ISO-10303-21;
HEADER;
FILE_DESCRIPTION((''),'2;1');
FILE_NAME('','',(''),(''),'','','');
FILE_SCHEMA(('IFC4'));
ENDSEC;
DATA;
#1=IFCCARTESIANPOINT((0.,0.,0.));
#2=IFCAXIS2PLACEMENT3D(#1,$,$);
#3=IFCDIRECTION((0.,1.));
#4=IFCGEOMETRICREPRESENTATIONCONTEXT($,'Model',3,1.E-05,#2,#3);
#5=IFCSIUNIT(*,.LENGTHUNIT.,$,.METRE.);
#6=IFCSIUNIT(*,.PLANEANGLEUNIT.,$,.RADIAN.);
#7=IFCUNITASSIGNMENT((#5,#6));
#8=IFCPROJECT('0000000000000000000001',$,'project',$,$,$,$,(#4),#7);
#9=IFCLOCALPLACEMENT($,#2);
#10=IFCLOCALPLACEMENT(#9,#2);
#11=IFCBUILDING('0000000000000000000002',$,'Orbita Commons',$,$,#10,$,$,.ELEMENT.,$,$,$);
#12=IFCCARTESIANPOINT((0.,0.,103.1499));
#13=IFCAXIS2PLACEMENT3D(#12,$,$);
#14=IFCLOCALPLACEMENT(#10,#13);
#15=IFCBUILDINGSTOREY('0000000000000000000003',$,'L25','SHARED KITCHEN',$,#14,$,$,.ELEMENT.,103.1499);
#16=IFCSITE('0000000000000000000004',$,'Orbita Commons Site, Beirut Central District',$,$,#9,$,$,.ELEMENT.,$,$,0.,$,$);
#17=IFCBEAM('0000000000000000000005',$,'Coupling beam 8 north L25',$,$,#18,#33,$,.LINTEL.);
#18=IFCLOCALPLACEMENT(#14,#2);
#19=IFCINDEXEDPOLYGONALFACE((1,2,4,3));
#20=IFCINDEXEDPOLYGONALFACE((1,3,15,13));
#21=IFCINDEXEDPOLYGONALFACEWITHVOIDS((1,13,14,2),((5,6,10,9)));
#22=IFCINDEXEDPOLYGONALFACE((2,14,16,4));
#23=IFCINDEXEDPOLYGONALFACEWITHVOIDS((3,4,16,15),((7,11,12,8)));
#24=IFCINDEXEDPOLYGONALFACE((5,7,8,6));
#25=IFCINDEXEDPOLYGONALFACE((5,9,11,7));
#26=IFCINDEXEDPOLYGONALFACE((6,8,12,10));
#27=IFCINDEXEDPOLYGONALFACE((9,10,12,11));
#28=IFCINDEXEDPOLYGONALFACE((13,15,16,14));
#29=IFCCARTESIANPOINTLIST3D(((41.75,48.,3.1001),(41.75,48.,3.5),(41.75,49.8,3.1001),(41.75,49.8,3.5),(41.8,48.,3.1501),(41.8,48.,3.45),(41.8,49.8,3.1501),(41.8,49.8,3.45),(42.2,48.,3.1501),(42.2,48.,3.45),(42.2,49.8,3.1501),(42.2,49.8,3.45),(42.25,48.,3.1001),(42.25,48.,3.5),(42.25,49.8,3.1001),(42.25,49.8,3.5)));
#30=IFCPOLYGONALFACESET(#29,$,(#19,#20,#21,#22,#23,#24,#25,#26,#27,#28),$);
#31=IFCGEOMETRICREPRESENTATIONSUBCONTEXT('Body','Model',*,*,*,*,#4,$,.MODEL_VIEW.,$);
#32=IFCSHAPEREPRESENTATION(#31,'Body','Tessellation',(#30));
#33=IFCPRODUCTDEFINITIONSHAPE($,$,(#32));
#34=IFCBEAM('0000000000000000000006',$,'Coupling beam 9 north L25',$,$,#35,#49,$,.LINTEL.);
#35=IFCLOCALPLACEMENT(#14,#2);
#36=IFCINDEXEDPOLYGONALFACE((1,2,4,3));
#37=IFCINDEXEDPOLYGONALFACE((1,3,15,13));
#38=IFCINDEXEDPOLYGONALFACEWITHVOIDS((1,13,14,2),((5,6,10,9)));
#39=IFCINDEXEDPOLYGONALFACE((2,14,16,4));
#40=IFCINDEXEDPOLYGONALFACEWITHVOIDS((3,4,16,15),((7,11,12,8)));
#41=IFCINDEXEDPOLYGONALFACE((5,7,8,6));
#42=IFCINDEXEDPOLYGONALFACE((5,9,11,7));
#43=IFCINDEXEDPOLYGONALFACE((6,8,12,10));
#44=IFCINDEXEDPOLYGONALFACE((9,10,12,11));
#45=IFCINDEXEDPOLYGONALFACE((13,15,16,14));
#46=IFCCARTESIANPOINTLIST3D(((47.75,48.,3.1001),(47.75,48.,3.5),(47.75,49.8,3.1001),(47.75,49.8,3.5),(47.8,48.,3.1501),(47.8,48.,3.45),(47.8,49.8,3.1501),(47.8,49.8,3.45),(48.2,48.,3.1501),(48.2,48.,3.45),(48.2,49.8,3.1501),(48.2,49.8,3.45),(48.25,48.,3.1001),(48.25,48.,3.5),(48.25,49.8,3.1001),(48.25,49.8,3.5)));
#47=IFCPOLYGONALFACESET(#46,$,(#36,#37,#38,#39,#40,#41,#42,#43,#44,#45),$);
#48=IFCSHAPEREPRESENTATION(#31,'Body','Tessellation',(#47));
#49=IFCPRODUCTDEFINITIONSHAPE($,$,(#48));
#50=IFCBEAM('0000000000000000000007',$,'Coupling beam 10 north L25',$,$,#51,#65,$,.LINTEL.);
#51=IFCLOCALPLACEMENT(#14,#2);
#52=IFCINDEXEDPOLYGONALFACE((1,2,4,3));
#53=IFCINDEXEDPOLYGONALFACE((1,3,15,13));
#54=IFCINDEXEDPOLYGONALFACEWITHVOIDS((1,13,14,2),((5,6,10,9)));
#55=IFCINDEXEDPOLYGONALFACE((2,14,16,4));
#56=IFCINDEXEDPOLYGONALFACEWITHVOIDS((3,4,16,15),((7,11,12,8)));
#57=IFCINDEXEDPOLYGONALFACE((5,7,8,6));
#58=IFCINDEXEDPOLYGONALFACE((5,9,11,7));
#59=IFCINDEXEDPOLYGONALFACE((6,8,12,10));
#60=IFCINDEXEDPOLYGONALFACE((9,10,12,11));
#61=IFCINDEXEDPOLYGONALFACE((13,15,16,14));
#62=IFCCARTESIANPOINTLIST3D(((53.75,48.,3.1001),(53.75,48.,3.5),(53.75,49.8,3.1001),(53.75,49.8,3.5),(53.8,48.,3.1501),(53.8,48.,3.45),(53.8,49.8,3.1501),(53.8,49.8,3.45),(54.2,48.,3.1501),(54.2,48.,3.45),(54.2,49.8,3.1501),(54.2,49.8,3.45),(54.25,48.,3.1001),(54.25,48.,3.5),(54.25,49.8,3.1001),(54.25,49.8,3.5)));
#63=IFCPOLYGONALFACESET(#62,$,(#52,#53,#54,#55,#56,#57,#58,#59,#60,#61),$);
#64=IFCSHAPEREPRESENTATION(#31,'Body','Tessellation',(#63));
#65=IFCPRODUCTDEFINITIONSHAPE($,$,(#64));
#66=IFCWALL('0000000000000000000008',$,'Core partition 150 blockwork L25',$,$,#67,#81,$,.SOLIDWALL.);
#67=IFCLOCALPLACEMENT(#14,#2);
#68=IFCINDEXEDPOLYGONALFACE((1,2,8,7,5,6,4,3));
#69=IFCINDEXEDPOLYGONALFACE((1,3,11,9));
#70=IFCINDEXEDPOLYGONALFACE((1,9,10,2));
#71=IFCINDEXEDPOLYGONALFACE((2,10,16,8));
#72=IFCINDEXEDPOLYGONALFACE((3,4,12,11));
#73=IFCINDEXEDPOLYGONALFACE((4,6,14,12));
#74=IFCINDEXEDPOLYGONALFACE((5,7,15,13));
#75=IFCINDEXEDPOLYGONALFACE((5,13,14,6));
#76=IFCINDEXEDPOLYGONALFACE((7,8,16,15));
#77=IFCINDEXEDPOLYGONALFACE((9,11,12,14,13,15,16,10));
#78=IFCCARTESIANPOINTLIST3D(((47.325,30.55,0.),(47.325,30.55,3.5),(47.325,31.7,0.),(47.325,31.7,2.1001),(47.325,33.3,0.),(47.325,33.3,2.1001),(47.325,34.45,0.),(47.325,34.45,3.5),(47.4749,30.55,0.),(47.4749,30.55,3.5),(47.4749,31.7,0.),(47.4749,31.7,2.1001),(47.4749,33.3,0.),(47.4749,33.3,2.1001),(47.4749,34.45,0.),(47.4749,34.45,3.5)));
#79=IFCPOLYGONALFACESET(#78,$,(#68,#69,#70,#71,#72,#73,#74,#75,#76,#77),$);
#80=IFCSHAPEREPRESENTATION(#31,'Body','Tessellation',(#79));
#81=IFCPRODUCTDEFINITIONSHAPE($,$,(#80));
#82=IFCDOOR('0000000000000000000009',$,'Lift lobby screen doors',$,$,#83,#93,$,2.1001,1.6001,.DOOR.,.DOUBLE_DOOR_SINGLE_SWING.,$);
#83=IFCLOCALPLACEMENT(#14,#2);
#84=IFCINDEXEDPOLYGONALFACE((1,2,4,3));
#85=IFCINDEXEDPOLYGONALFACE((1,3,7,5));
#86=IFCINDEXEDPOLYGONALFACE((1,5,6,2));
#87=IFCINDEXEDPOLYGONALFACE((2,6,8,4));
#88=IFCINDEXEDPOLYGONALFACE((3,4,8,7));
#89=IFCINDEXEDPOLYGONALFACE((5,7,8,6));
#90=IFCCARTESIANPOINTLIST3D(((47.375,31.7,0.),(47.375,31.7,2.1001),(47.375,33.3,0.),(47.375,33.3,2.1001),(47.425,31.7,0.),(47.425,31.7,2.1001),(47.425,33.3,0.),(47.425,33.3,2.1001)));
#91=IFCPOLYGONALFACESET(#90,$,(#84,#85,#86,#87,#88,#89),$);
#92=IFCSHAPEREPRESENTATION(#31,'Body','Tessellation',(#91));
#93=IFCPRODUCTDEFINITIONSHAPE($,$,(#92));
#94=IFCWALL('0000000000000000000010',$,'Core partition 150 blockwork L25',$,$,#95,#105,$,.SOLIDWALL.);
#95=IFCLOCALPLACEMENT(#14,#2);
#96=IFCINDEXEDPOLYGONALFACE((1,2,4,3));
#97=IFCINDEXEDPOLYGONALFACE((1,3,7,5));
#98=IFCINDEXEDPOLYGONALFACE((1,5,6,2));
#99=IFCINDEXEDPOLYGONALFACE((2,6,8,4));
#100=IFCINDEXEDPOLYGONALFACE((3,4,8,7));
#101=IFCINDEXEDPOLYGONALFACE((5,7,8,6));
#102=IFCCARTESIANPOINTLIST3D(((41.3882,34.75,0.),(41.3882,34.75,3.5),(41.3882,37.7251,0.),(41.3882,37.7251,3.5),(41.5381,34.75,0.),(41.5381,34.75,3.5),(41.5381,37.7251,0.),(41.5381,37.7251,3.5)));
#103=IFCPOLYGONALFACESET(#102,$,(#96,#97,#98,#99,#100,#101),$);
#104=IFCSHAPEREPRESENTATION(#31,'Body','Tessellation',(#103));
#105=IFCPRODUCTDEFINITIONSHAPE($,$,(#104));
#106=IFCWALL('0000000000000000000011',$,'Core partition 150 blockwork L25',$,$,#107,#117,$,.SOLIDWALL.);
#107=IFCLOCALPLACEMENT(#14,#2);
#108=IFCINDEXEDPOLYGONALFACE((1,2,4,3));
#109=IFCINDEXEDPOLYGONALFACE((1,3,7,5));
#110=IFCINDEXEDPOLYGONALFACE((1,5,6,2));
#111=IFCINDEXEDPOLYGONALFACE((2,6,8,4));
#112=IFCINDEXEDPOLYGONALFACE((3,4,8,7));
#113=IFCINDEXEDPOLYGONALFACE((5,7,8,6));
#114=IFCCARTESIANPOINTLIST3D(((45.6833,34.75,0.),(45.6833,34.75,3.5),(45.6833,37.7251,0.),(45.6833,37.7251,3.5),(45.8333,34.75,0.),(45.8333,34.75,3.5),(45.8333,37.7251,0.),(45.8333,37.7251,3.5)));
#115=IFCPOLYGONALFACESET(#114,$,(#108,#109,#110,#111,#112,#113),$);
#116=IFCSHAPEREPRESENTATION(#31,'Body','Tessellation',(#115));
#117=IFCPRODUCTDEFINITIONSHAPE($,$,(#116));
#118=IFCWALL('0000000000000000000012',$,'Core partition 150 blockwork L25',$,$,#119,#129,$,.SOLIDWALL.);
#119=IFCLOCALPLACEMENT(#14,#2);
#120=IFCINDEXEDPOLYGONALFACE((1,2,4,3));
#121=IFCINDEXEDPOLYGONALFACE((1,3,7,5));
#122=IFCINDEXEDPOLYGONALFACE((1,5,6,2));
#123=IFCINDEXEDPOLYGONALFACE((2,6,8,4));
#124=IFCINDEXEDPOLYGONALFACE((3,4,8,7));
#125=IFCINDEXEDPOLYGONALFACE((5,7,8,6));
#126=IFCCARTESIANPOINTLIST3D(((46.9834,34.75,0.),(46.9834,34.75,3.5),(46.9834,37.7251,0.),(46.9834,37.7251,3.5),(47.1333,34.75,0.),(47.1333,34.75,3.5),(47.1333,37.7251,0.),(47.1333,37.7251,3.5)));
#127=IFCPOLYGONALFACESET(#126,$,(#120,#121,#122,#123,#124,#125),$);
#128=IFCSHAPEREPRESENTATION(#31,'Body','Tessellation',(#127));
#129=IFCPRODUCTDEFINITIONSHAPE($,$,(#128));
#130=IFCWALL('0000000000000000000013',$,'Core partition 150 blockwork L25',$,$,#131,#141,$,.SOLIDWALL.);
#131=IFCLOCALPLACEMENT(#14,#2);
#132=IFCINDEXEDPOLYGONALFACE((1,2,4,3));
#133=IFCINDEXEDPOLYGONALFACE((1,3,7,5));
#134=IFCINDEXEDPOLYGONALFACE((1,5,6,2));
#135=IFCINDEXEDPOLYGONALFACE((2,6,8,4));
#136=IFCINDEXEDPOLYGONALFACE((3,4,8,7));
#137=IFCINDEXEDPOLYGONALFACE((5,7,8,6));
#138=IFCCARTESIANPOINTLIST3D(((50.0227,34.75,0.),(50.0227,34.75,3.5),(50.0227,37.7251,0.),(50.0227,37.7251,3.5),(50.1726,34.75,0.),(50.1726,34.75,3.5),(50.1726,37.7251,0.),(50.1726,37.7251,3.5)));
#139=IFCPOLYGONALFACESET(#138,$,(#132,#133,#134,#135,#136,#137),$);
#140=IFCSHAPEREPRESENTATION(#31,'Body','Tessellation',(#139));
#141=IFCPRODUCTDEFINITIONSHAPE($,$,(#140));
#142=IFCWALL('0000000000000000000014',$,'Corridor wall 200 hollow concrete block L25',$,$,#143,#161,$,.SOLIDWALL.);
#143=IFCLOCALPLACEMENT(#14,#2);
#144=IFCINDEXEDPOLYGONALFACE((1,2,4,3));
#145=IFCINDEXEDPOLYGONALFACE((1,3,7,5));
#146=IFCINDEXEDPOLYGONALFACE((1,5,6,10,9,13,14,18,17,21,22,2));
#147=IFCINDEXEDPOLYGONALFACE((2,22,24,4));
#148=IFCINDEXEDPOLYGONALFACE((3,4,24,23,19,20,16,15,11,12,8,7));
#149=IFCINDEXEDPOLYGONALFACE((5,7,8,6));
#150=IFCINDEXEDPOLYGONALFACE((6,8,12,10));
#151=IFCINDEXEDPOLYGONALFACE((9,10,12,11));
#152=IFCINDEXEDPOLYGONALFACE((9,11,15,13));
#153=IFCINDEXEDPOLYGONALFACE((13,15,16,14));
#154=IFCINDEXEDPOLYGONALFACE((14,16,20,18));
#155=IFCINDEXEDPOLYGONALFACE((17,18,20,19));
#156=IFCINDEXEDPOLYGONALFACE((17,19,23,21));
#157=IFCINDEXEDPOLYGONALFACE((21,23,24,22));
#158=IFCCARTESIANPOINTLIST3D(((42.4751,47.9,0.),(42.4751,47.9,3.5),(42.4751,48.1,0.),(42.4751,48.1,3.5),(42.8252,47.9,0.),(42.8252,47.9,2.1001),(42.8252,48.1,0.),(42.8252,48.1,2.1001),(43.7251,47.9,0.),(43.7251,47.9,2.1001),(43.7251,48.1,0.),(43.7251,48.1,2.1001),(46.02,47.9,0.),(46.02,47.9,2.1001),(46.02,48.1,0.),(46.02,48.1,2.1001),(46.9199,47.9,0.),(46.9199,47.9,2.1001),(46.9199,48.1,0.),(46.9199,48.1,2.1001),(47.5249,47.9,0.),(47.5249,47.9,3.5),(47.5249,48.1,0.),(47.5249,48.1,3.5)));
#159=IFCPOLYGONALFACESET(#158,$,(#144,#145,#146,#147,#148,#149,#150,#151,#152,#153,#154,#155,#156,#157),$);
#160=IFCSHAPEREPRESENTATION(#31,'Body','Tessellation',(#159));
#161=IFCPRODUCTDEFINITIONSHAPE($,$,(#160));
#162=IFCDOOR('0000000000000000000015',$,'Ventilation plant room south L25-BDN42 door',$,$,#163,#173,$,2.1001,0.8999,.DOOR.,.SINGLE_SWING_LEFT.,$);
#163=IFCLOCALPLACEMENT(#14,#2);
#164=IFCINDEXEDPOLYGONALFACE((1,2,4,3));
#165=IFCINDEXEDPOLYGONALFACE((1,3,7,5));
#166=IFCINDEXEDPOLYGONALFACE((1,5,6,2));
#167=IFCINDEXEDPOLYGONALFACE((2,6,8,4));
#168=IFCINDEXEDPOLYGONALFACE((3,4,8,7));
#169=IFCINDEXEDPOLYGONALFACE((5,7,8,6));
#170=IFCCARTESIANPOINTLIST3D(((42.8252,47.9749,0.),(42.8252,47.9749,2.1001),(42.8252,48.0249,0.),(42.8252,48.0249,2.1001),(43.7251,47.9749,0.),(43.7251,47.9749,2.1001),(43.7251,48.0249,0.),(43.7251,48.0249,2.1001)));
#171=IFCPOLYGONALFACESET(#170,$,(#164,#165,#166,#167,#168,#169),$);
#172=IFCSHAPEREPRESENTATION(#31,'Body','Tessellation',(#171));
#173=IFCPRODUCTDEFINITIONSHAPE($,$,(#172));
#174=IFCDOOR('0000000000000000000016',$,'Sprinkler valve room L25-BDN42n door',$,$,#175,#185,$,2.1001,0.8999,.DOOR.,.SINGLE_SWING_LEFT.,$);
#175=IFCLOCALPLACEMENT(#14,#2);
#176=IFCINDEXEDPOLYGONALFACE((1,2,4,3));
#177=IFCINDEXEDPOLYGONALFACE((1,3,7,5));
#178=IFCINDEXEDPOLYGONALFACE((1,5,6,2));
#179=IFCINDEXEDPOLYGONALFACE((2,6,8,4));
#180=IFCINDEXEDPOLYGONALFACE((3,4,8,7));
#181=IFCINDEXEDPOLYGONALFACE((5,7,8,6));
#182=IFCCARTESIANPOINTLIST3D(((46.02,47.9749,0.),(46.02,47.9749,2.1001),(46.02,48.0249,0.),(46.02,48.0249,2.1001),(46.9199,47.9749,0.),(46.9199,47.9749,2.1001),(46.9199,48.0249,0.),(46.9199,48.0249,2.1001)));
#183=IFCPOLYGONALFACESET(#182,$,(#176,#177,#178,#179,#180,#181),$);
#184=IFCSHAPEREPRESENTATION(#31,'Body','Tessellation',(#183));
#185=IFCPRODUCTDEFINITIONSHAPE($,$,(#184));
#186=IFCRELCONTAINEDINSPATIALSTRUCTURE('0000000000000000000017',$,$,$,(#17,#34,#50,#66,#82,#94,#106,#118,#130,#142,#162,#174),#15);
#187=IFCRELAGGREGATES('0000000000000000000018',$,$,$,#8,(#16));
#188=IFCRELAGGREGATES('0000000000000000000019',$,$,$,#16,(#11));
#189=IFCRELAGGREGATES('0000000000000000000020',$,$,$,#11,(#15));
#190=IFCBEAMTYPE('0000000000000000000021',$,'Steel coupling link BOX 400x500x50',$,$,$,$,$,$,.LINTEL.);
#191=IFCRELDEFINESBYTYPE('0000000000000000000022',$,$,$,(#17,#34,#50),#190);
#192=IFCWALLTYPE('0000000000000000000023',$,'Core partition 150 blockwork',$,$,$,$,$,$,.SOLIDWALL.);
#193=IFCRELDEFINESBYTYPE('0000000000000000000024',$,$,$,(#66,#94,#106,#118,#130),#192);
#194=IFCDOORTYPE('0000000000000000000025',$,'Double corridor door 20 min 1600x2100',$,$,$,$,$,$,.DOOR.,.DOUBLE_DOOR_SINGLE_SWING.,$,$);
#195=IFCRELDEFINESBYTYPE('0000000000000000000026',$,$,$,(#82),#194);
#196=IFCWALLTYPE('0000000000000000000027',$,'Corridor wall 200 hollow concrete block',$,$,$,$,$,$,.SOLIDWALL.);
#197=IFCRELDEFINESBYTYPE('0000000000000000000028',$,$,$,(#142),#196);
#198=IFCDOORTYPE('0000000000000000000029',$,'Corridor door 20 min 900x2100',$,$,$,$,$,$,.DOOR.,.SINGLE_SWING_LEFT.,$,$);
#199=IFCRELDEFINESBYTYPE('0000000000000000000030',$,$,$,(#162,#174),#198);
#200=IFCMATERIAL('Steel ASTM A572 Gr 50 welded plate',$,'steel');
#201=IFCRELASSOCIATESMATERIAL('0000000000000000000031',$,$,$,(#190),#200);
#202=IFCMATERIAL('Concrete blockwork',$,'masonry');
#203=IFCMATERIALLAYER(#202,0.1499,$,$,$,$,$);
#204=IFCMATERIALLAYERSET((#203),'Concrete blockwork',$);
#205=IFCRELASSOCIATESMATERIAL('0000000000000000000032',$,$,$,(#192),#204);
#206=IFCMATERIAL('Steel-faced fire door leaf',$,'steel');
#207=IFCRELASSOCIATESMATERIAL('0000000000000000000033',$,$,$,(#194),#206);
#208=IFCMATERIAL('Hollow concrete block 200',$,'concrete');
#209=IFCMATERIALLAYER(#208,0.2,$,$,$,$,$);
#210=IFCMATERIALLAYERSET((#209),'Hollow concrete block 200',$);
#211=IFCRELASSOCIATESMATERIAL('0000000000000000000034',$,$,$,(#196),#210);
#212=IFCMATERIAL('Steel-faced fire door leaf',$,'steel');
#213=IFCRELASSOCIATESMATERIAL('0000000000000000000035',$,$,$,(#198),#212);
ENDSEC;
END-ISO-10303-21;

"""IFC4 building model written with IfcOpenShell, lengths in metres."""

from ifc_helpers import new_model, si_unit, direction, frame, frame_2d, origin, origin_2d, place, context, subcontext, project, spatial, rectangle, hollow_rectangle, extrude, material, layer, layer_set, material_profile, profile_set, type_object, element, fill, save


model = new_model("IFC4")

# Units and contexts
model_context = context("Model", 3, precision=1e-05, world=origin(), true_north=direction((0.0, 1.0)))
body_context = subcontext(model_context, "Body", "Model", "MODEL_VIEW")
ifc_project = project(units=[si_unit("LENGTHUNIT", "METRE"), si_unit("PLANEANGLEUNIT", "RADIAN")], contexts=[model_context])

# Site, building, storey
site_placement = place(None, origin())
site = spatial("IfcSite", under=ifc_project, at=site_placement, Name="Orbita Commons Site, Beirut Central District", CompositionType="ELEMENT", RefElevation=0.0)
building_placement = place(site_placement, origin())
building = spatial("IfcBuilding", under=site, at=building_placement, Name="Orbita Commons", CompositionType="ELEMENT")
storey_placement = place(building_placement, frame((0.0, 0.0, 103.1499)))
storey = spatial("IfcBuildingStorey", under=building, at=storey_placement, Name="L25", Description="SHARED KITCHEN", CompositionType="ELEMENT", Elevation=103.1499)

# Beams
ifc_material_1 = material(Name="Steel ASTM A572 Gr 50 welded plate", Category="steel")
ifc_material_profile = material_profile(ifc_material_1, hollow_rectangle(XDim=0.5, YDim=0.3999, WallThickness=0.05, at=origin_2d()), Name="BOX 400x500x50")
ifc_profile_set = profile_set([ifc_material_profile], Name="Steel ASTM A572 Gr 50 welded plate")
beam_type = type_object("IfcBeamType", Name="Steel coupling link BOX 400x500x50", PredefinedType="LINTEL", material=ifc_profile_set)
for number, where, z_axis, x_axis, name in (
    (1, (42.0, 48.0, 3.3), (0.0, 1.0, 0.0), (-1.0, 0.0, 0.0), "Coupling beam 8 north L25"),
    (2, (48.0, 48.0, 3.3), (0.0, 1.0, 0.0), (-1.0, 0.0, 0.0), "Coupling beam 9 north L25"),
    (3, (54.0, 48.0, 3.3), (0.0, 1.0, 0.0), (-1.0, 0.0, 0.0), "Coupling beam 10 north L25"),
):
    element("IfcBeam", number, at=place(storey_placement, frame(where, z_axis=z_axis, x_axis=x_axis)), inside=storey, type_object=beam_type, Name=name, PredefinedType="LINTEL", context=body_context, shape_type="SweptSolid", body=[
        extrude(hollow_rectangle(XDim=0.5, YDim=0.3999, WallThickness=0.05, at=origin_2d()), origin(), (0.0, 0.0, 1.0), 1.8),
    ])

# Wall, opening, door
ifc_material_2 = material(Name="Concrete blockwork", Category="masonry")
ifc_layer_1 = layer(ifc_material_2, 0.1499)
ifc_layer_set_1 = layer_set([ifc_layer_1], Name="Concrete blockwork")
wall_type_1 = type_object("IfcWallType", Name="Core partition 150 blockwork", PredefinedType="SOLIDWALL", material=ifc_layer_set_1)
wall_1_placement = place(storey_placement, frame((47.3999, 30.55, 0.0), z_axis=(0.0, 0.0, 1.0), x_axis=(0.0, 1.0, 0.0)))
wall_1 = element("IfcWall", 4, at=wall_1_placement, inside=storey, type_object=wall_type_1, Name="Core partition 150 blockwork L25", PredefinedType="SOLIDWALL", context=body_context, shape_type="SweptSolid", body=[
    extrude(rectangle(XDim=3.8999, YDim=0.1499, at=frame_2d((1.95, 0.0))), origin(), (0.0, 0.0, 1.0), 3.5),
])
opening_1_placement = place(wall_1_placement, frame((1.1499, 0.0, 0.0)))
opening_1 = element("IfcOpeningElement", 5, at=opening_1_placement, cuts=wall_1, PredefinedType="OPENING", context=body_context, shape_type="SweptSolid", body=[
    extrude(rectangle(XDim=1.6001, YDim=2.1001, at=frame_2d((0.8, 1.05))), frame((0.0, 0.085, 0.0), z_axis=(0.0, -1.0, 0.0), x_axis=(1.0, 0.0, 0.0)), (0.0, 0.0, 1.0), 0.1699),
])
ifc_material_3 = material(Name="Steel-faced fire door leaf", Category="steel")
door_type_1 = type_object("IfcDoorType", Name="Double corridor door 20 min 1600x2100", OperationType="DOUBLE_DOOR_SINGLE_SWING", PredefinedType="DOOR", material=ifc_material_3)
door_1_placement = place(opening_1_placement, origin())
door_1 = element("IfcDoor", 6, at=door_1_placement, inside=storey, type_object=door_type_1, Name="Lift lobby screen doors", OperationType="DOUBLE_DOOR_SINGLE_SWING", OverallHeight=2.1001, OverallWidth=1.6001, PredefinedType="DOOR", context=body_context, shape_type="SweptSolid", body=[
    extrude(rectangle(XDim=1.6001, YDim=2.1001, at=frame_2d((0.8, 1.05))), frame((0.0, 0.0249, 0.0), z_axis=(0.0, -1.0, 0.0), x_axis=(1.0, 0.0, 0.0)), (0.0, 0.0, 1.0), 0.05),
])
fill(opening_1, door_1)

# Walls
for number, where, z_axis, x_axis, name in (
    (7, (41.4631, 34.75, 0.0), (0.0, 0.0, 1.0), (0.0, 1.0, 0.0), "Core partition 150 blockwork L25"),
    (8, (45.7583, 34.75, 0.0), (0.0, 0.0, 1.0), (0.0, 1.0, 0.0), "Core partition 150 blockwork L25"),
    (9, (47.0583, 34.75, 0.0), (0.0, 0.0, 1.0), (0.0, 1.0, 0.0), "Core partition 150 blockwork L25"),
    (10, (50.0977, 34.75, 0.0), (0.0, 0.0, 1.0), (0.0, 1.0, 0.0), "Core partition 150 blockwork L25"),
):
    element("IfcWall", number, at=place(storey_placement, frame(where, z_axis=z_axis, x_axis=x_axis)), inside=storey, type_object=wall_type_1, Name=name, PredefinedType="SOLIDWALL", context=body_context, shape_type="SweptSolid", body=[
        extrude(rectangle(XDim=2.9751, YDim=0.1499, at=frame_2d((1.4875, 0.0))), origin(), (0.0, 0.0, 1.0), 3.5),
    ])

# Wall, openings, doors
ifc_material_4 = material(Name="Hollow concrete block 200", Category="concrete")
ifc_layer_2 = layer(ifc_material_4, 0.2)
ifc_layer_set_2 = layer_set([ifc_layer_2], Name="Hollow concrete block 200")
wall_type_2 = type_object("IfcWallType", Name="Corridor wall 200 hollow concrete block", PredefinedType="SOLIDWALL", material=ifc_layer_set_2)
wall_2_placement = place(storey_placement, frame((42.4751, 48.0, 0.0), z_axis=(0.0, 0.0, 1.0), x_axis=(1.0, 0.0, 0.0)))
wall_2 = element("IfcWall", 11, at=wall_2_placement, inside=storey, type_object=wall_type_2, Name="Corridor wall 200 hollow concrete block L25", PredefinedType="SOLIDWALL", context=body_context, shape_type="SweptSolid", body=[
    extrude(rectangle(XDim=5.0498, YDim=0.2, at=frame_2d((2.5249, 0.0))), origin(), (0.0, 0.0, 1.0), 3.5),
])
opening_2_placement = place(wall_2_placement, frame((0.3501, 0.0, 0.0)))
opening_2 = element("IfcOpeningElement", 12, at=opening_2_placement, cuts=wall_2, PredefinedType="OPENING", context=body_context, shape_type="SweptSolid", body=[
    extrude(rectangle(XDim=0.8999, YDim=2.1001, at=frame_2d((0.45, 1.05))), frame((0.0, 0.1099, 0.0), z_axis=(0.0, -1.0, 0.0), x_axis=(1.0, 0.0, 0.0)), (0.0, 0.0, 1.0), 0.22),
])
opening_3_placement = place(wall_2_placement, frame((3.5449, 0.0, 0.0)))
opening_3 = element("IfcOpeningElement", 13, at=opening_3_placement, cuts=wall_2, PredefinedType="OPENING", context=body_context, shape_type="SweptSolid", body=[
    extrude(rectangle(XDim=0.8999, YDim=2.1001, at=frame_2d((0.45, 1.05))), frame((0.0, 0.1099, 0.0), z_axis=(0.0, -1.0, 0.0), x_axis=(1.0, 0.0, 0.0)), (0.0, 0.0, 1.0), 0.22),
])
ifc_material_5 = material(Name="Steel-faced fire door leaf", Category="steel")
door_type_2 = type_object("IfcDoorType", Name="Corridor door 20 min 900x2100", OperationType="SINGLE_SWING_LEFT", PredefinedType="DOOR", material=ifc_material_5)
door_2_placement = place(opening_2_placement, origin())
door_2 = element("IfcDoor", 14, at=door_2_placement, inside=storey, type_object=door_type_2, Name="Ventilation plant room south L25-BDN42 door", OperationType="SINGLE_SWING_LEFT", OverallHeight=2.1001, OverallWidth=0.8999, PredefinedType="DOOR", context=body_context, shape_type="SweptSolid", body=[
    extrude(rectangle(XDim=0.8999, YDim=2.1001, at=frame_2d((0.45, 1.05))), frame((0.0, 0.0249, 0.0), z_axis=(0.0, -1.0, 0.0), x_axis=(1.0, 0.0, 0.0)), (0.0, 0.0, 1.0), 0.05),
])
fill(opening_2, door_2)
door_3_placement = place(opening_3_placement, origin())
door_3 = element("IfcDoor", 15, at=door_3_placement, inside=storey, type_object=door_type_2, Name="Sprinkler valve room L25-BDN42n door", OperationType="SINGLE_SWING_LEFT", OverallHeight=2.1001, OverallWidth=0.8999, PredefinedType="DOOR", context=body_context, shape_type="SweptSolid", body=[
    extrude(rectangle(XDim=0.8999, YDim=2.1001, at=frame_2d((0.45, 1.05))), frame((0.0, 0.0249, 0.0), z_axis=(0.0, -1.0, 0.0), x_axis=(1.0, 0.0, 0.0)), (0.0, 0.0, 1.0), 0.05),
])
fill(opening_3, door_3)

save(model, "model.ifc")
